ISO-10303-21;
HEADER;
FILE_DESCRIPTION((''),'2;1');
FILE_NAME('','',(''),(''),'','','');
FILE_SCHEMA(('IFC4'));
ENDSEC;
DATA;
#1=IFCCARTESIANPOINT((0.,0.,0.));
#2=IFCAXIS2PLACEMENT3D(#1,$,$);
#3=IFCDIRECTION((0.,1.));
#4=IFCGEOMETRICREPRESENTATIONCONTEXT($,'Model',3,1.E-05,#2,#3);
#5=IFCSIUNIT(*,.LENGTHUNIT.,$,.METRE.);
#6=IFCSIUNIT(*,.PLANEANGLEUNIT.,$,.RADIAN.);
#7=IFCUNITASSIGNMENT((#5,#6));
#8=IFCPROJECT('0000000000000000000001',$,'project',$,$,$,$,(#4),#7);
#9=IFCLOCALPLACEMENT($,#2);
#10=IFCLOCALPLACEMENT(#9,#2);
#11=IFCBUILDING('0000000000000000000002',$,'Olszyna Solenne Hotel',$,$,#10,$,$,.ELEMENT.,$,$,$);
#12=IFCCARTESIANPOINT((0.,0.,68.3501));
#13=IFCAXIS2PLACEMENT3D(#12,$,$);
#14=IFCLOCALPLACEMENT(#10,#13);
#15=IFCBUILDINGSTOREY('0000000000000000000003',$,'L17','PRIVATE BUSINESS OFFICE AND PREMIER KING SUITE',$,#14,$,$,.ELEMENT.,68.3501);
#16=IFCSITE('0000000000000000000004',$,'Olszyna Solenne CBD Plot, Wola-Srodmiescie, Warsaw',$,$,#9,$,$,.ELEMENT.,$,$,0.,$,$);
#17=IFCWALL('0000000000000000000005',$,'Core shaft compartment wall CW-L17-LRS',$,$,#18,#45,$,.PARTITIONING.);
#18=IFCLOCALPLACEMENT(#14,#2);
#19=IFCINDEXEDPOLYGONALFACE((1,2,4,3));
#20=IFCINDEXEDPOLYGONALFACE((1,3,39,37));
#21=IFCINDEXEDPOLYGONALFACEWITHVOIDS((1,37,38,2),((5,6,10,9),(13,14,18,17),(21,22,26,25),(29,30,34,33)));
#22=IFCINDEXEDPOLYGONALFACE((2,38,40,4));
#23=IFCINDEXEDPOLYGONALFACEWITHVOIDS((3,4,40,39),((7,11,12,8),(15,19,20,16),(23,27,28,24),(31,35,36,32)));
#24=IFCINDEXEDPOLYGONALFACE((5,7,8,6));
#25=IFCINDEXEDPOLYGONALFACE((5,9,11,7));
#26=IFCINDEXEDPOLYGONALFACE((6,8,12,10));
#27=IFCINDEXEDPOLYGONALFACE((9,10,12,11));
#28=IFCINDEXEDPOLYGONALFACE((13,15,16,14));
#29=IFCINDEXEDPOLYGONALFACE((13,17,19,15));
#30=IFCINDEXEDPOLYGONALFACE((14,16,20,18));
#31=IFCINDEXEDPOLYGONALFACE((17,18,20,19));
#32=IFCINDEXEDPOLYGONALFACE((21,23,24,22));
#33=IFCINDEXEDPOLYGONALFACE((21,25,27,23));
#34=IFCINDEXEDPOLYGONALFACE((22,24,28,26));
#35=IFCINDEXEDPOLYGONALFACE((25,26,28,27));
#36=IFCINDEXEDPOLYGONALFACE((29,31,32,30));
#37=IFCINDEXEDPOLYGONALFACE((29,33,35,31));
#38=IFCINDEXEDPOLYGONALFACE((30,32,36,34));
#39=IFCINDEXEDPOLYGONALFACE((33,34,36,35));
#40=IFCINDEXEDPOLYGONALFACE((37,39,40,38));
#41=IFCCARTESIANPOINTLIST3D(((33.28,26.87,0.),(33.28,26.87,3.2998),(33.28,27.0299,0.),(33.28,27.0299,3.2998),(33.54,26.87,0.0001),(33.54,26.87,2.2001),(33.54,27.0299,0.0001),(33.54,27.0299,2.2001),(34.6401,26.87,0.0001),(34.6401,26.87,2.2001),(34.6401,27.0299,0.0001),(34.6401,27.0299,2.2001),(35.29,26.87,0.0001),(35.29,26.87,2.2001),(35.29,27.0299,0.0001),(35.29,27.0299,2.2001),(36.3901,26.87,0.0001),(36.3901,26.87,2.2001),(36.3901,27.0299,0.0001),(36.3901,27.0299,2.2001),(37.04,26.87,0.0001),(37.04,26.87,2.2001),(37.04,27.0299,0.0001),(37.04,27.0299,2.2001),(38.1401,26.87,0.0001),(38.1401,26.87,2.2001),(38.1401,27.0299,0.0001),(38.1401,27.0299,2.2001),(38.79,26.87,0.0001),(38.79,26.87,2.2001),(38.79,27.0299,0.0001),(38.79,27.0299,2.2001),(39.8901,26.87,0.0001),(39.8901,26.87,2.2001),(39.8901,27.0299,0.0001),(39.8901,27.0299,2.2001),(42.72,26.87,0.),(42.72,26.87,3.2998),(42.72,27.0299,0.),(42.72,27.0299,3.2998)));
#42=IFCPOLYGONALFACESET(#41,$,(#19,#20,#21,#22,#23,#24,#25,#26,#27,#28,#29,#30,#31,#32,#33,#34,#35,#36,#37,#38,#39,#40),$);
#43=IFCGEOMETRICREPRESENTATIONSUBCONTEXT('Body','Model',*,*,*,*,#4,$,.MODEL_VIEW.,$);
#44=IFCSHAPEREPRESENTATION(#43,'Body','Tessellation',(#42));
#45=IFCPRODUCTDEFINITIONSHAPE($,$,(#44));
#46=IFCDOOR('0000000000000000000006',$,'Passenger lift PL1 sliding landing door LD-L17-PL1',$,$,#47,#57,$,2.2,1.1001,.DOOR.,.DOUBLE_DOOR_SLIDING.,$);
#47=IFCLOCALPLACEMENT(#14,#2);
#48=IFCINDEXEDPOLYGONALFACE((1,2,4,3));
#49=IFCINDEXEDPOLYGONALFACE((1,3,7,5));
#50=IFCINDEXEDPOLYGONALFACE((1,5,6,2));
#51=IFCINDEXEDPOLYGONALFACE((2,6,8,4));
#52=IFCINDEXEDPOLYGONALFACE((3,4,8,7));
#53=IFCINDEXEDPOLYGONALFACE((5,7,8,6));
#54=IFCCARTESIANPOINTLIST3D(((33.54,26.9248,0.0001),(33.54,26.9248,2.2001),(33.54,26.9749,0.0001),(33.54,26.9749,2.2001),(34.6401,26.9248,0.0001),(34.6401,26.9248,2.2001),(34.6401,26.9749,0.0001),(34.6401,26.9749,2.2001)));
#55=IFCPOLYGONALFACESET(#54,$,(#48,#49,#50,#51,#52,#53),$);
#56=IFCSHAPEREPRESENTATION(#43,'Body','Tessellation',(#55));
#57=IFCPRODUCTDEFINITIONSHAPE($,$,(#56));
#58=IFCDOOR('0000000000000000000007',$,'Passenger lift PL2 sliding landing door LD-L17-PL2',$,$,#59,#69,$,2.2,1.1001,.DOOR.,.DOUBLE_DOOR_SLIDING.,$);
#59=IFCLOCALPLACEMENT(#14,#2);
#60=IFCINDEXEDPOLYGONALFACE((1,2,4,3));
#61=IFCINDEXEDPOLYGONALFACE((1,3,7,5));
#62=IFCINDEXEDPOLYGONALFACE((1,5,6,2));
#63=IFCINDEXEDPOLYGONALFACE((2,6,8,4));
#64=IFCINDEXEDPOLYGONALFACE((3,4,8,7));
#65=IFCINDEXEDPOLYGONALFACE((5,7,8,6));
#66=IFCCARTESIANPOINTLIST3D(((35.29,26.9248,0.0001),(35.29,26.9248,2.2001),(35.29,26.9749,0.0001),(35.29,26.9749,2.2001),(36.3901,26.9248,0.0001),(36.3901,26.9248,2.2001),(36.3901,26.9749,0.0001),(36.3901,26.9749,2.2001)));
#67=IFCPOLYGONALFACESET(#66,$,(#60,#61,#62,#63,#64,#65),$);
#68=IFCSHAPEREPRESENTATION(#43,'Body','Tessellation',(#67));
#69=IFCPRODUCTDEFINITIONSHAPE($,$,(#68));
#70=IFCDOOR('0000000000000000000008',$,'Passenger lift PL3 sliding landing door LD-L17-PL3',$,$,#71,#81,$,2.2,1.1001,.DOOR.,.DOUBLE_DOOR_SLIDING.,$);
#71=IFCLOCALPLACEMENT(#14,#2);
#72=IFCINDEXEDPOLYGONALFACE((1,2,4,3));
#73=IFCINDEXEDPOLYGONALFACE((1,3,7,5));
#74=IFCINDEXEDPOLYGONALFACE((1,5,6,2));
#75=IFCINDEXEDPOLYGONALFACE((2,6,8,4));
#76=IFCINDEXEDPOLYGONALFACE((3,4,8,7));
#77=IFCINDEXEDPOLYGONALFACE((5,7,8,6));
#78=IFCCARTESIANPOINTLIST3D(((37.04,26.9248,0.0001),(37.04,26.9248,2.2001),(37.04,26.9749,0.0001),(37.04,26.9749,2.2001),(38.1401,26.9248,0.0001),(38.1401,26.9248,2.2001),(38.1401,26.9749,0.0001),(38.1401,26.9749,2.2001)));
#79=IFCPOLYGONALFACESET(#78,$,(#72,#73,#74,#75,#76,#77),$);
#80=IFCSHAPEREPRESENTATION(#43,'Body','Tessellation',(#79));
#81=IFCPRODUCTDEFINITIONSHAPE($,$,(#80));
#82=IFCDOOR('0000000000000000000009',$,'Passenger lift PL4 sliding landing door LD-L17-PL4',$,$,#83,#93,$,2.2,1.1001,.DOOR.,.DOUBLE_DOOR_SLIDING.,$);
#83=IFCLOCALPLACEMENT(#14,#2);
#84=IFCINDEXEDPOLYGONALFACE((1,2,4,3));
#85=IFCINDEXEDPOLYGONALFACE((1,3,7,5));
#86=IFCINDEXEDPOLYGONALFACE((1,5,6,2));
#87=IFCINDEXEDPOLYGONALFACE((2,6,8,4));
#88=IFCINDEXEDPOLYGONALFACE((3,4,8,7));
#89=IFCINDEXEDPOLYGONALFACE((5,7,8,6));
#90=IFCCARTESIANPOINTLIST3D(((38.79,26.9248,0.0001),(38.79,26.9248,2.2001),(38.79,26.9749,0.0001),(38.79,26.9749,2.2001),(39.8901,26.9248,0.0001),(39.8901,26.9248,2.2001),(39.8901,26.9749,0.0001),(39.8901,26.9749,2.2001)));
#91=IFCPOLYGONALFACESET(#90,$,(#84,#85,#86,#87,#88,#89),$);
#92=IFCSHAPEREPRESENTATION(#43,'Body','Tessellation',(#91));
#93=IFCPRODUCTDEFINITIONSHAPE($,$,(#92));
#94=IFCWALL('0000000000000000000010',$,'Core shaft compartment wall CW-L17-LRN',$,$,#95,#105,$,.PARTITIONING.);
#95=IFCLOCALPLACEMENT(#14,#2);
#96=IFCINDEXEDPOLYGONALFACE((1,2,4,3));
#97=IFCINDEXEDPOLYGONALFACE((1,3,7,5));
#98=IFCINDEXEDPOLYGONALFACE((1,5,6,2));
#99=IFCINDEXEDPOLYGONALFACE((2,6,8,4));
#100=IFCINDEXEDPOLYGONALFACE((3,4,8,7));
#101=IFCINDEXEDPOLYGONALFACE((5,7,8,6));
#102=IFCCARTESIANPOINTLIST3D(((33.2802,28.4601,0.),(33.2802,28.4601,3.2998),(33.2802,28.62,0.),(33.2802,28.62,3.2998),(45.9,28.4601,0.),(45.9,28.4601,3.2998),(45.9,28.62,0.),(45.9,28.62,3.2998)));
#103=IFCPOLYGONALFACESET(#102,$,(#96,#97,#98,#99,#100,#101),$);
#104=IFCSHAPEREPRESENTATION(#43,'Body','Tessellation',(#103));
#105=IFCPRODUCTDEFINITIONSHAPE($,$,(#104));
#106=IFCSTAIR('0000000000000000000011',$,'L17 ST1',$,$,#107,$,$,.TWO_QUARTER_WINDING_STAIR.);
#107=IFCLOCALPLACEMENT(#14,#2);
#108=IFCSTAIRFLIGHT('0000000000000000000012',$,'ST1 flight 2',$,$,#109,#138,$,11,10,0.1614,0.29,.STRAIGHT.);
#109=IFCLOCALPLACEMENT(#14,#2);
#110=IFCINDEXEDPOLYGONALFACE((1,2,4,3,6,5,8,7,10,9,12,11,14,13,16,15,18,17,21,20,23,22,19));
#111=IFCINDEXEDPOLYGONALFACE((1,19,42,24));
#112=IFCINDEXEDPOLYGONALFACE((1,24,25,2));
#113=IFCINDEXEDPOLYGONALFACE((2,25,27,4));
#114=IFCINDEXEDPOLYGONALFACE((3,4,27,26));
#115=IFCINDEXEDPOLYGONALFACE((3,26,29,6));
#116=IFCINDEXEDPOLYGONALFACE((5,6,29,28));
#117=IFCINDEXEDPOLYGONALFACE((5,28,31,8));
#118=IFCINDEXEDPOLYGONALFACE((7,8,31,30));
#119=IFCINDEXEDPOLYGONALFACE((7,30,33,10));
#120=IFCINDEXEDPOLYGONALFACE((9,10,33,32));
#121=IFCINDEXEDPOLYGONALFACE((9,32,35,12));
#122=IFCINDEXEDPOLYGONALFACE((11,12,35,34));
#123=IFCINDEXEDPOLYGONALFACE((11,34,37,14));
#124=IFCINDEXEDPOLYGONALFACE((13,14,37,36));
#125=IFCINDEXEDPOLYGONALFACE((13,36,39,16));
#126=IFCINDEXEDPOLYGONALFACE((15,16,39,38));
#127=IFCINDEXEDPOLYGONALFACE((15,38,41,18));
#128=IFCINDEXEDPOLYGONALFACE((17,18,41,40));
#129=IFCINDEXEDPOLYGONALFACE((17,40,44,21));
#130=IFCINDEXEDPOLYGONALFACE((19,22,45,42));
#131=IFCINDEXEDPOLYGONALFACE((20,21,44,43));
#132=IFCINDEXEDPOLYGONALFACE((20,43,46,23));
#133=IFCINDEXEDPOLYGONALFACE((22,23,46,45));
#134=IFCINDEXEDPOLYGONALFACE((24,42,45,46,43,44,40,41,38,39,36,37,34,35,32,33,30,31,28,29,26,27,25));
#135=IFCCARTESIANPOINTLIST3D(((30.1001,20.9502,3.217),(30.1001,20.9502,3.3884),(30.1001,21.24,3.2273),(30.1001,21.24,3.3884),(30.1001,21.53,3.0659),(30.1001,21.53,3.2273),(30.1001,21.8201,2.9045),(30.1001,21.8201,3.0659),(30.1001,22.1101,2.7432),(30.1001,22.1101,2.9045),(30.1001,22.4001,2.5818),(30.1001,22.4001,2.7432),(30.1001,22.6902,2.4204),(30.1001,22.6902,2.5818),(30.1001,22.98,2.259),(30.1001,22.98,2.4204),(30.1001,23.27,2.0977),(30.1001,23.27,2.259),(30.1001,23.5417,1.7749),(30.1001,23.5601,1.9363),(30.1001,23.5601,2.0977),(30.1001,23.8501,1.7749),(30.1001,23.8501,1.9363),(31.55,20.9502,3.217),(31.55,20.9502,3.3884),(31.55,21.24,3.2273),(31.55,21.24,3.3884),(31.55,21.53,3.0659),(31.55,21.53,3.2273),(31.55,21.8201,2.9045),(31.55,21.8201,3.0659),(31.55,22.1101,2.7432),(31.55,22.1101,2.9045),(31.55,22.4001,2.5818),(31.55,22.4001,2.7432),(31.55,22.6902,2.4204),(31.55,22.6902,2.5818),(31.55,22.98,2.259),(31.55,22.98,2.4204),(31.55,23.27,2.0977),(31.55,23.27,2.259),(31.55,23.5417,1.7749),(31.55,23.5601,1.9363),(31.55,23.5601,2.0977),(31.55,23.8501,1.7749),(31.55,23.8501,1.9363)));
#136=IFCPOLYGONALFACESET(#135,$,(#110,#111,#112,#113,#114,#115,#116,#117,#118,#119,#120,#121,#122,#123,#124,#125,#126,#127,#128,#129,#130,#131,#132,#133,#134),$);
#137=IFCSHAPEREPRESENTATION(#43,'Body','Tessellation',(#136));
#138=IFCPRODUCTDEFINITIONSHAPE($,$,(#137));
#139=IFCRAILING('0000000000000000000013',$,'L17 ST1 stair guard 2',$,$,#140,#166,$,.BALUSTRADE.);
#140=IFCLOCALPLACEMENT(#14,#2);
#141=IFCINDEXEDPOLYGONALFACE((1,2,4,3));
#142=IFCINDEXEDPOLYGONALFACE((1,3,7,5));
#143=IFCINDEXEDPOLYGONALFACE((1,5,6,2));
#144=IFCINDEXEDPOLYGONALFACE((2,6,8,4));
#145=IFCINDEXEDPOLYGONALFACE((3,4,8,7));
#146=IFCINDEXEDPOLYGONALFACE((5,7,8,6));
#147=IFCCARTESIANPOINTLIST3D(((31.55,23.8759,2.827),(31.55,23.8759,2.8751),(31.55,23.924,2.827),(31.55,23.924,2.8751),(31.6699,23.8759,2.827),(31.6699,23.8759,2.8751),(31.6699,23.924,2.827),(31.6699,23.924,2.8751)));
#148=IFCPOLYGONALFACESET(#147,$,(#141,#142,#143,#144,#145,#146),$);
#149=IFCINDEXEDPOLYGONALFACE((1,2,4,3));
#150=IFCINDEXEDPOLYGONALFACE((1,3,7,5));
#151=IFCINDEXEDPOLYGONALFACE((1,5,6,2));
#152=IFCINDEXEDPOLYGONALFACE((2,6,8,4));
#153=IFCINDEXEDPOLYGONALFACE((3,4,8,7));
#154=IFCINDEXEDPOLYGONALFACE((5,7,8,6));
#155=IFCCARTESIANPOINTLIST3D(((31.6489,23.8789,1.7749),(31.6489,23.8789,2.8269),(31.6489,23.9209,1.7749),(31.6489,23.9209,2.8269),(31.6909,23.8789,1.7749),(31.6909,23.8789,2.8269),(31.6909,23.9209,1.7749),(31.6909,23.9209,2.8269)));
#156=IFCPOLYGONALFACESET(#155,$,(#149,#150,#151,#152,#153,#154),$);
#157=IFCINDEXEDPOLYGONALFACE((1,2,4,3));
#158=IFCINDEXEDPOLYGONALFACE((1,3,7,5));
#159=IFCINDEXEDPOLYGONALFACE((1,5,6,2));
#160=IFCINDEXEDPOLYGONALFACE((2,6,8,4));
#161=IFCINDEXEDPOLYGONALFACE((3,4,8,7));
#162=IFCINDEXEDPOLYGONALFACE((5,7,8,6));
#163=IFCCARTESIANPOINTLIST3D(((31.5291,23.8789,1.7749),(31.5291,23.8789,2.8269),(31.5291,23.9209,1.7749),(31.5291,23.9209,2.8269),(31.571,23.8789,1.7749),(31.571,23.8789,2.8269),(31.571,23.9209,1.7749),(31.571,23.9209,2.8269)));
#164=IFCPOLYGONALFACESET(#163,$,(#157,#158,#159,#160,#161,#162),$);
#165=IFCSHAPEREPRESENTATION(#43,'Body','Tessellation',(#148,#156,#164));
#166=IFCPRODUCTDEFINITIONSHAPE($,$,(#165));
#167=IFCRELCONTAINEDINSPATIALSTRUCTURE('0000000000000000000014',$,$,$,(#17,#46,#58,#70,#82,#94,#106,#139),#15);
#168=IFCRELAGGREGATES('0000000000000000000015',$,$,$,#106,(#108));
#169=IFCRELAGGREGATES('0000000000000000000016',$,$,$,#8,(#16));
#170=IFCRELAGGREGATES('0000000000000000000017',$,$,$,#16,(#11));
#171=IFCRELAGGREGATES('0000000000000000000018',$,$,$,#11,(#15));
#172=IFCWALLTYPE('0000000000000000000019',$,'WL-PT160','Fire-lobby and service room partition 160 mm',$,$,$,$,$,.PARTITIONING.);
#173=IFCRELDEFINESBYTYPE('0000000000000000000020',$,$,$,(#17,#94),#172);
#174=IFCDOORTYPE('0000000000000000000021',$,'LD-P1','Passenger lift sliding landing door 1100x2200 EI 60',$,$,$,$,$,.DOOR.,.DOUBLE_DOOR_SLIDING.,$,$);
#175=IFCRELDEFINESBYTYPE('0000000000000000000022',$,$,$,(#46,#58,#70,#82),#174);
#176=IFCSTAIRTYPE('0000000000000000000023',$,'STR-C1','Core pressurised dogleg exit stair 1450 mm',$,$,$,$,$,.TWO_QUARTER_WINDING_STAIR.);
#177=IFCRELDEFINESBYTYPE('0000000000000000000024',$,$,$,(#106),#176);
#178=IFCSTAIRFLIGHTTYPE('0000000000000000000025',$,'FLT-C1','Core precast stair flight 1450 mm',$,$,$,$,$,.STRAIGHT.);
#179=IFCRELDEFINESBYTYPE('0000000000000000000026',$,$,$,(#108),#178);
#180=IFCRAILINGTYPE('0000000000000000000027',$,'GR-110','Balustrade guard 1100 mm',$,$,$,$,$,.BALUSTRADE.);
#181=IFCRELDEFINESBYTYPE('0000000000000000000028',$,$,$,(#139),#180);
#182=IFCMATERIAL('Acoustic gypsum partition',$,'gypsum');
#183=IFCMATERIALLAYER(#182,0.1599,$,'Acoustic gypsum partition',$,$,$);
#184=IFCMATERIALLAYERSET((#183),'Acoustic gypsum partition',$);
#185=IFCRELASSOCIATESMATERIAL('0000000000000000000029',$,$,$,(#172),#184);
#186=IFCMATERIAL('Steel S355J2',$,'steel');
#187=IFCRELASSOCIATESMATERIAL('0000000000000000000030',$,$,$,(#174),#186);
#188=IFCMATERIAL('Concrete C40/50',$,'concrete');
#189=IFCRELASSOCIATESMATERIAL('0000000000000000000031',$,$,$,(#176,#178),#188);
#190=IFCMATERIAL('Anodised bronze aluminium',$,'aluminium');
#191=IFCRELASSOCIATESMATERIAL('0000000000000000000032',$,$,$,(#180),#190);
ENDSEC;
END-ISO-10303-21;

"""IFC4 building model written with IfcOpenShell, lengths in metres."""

from ifc_helpers import new_model, si_unit, direction, frame, frame_2d, origin, origin_2d, place, context, subcontext, project, spatial, polyline, rectangle, outline, extrude, source, transform, mapped, material, layer, layer_set, type_object, type_shapes, element, fill, aggregate, save


model = new_model("IFC4")

# Units and contexts
model_context = context("Model", 3, precision=1e-05, world=origin(), true_north=direction((0.0, 1.0)))
body_context = subcontext(model_context, "Body", "Model", "MODEL_VIEW")
ifc_project = project(units=[si_unit("LENGTHUNIT", "METRE"), si_unit("PLANEANGLEUNIT", "RADIAN")], contexts=[model_context])

# Site, building, storey
site_placement = place(None, origin())
site = spatial("IfcSite", under=ifc_project, at=site_placement, Name="Olszyna Solenne CBD Plot, Wola-Srodmiescie, Warsaw", CompositionType="ELEMENT", RefElevation=0.0)
building_placement = place(site_placement, origin())
building = spatial("IfcBuilding", under=site, at=building_placement, Name="Olszyna Solenne Hotel", CompositionType="ELEMENT")
storey_placement = place(building_placement, frame((0.0, 0.0, 68.3501)))
storey = spatial("IfcBuildingStorey", under=building, at=storey_placement, Name="L17", Description="PRIVATE BUSINESS OFFICE AND PREMIER KING SUITE", CompositionType="ELEMENT", Elevation=68.3501)

# Shared definitions
ifc_material_1 = material(Name="Steel S355J2", Category="steel")

# Shared definitions
ifc_material_2 = material(Name="Acoustic gypsum partition", Category="gypsum")
ifc_layer = layer(ifc_material_2, 0.1599, Name="Acoustic gypsum partition")
ifc_layer_set = layer_set([ifc_layer], Name="Acoustic gypsum partition")
wall_type = type_object("IfcWallType", Name="WL-PT160", Description="Fire-lobby and service room partition 160 mm", PredefinedType="PARTITIONING", material=ifc_layer_set)

# Wall, openings, doors
wall_1_placement = place(storey_placement, frame((33.28, 26.95, 0.0), z_axis=(0.0, 0.0, 1.0), x_axis=(1.0, 0.0, 0.0)))
wall_1 = element("IfcWall", 1, at=wall_1_placement, inside=storey, type_object=wall_type, Name="Core shaft compartment wall CW-L17-LRS", PredefinedType="PARTITIONING", context=body_context, shape_type="SweptSolid", body=[
    extrude(rectangle(XDim=9.4399, YDim=0.1599, at=frame_2d((4.72, 0.0))), origin(), (0.0, 0.0, 1.0), 3.2998),
])
opening_1_placement = place(wall_1_placement, frame((0.26, 0.0, 0.0)))
opening_1 = element("IfcOpeningElement", 2, at=opening_1_placement, cuts=wall_1, PredefinedType="OPENING", context=body_context, shape_type="SweptSolid", body=[
    extrude(rectangle(XDim=1.1001, YDim=2.2, at=frame_2d((0.55, 1.1001))), frame((0.0, 0.0898, 0.0), z_axis=(0.0, -1.0, 0.0), x_axis=(1.0, 0.0, 0.0)), (0.0, 0.0, 1.0), 0.1799),
])
opening_2_placement = place(wall_1_placement, frame((2.01, 0.0, 0.0)))
opening_2 = element("IfcOpeningElement", 3, at=opening_2_placement, cuts=wall_1, PredefinedType="OPENING", context=body_context, shape_type="SweptSolid", body=[
    extrude(rectangle(XDim=1.1001, YDim=2.2, at=frame_2d((0.55, 1.1001))), frame((0.0, 0.0898, 0.0), z_axis=(0.0, -1.0, 0.0), x_axis=(1.0, 0.0, 0.0)), (0.0, 0.0, 1.0), 0.1799),
])
opening_3_placement = place(wall_1_placement, frame((3.76, 0.0, 0.0)))
opening_3 = element("IfcOpeningElement", 4, at=opening_3_placement, cuts=wall_1, PredefinedType="OPENING", context=body_context, shape_type="SweptSolid", body=[
    extrude(rectangle(XDim=1.1001, YDim=2.2, at=frame_2d((0.55, 1.1001))), frame((0.0, 0.0898, 0.0), z_axis=(0.0, -1.0, 0.0), x_axis=(1.0, 0.0, 0.0)), (0.0, 0.0, 1.0), 0.1799),
])
opening_4_placement = place(wall_1_placement, frame((5.51, 0.0, 0.0)))
opening_4 = element("IfcOpeningElement", 5, at=opening_4_placement, cuts=wall_1, PredefinedType="OPENING", context=body_context, shape_type="SweptSolid", body=[
    extrude(rectangle(XDim=1.1001, YDim=2.2, at=frame_2d((0.55, 1.1001))), frame((0.0, 0.0898, 0.0), z_axis=(0.0, -1.0, 0.0), x_axis=(1.0, 0.0, 0.0)), (0.0, 0.0, 1.0), 0.1799),
])
door_type_1 = type_object("IfcDoorType", Name="LD-P1", Description="Passenger lift sliding landing door 1100x2200 EI 60", OperationType="DOUBLE_DOOR_SLIDING", PredefinedType="DOOR", material=ifc_material_1)
shared_shape_1 = source(origin(), body_context, "Body", "SweptSolid", [
    extrude(rectangle(XDim=1.1001, YDim=2.2, at=frame_2d((0.55, 1.1001))), frame((0.0, 0.0249, 0.0), z_axis=(0.0, -1.0, 0.0), x_axis=(1.0, 0.0, 0.0)), (0.0, 0.0, 1.0), 0.05),
])
type_shapes(door_type_1, [shared_shape_1])
door_1_placement = place(opening_1_placement, origin())
door_1 = element("IfcDoor", 6, at=door_1_placement, inside=storey, type_object=door_type_1, Name="Passenger lift PL1 sliding landing door LD-L17-PL1", OperationType="DOUBLE_DOOR_SLIDING", OverallHeight=2.2, OverallWidth=1.1001, PredefinedType="DOOR", context=body_context, shape_type="MappedRepresentation", body=[
    mapped(shared_shape_1, transform((0.0, 0.0, 0.0), x_axis=(1.0, 0.0, 0.0), y_axis=(0.0, 1.0, 0.0), z_axis=(0.0, 0.0, 1.0), scale=1.0)),
])
fill(opening_1, door_1)
door_2_placement = place(opening_2_placement, origin())
door_2 = element("IfcDoor", 7, at=door_2_placement, inside=storey, type_object=door_type_1, Name="Passenger lift PL2 sliding landing door LD-L17-PL2", OperationType="DOUBLE_DOOR_SLIDING", OverallHeight=2.2, OverallWidth=1.1001, PredefinedType="DOOR", context=body_context, shape_type="MappedRepresentation", body=[
    mapped(shared_shape_1, transform((0.0, 0.0, 0.0), x_axis=(1.0, 0.0, 0.0), y_axis=(0.0, 1.0, 0.0), z_axis=(0.0, 0.0, 1.0), scale=1.0)),
])
fill(opening_2, door_2)
door_3_placement = place(opening_3_placement, origin())
door_3 = element("IfcDoor", 8, at=door_3_placement, inside=storey, type_object=door_type_1, Name="Passenger lift PL3 sliding landing door LD-L17-PL3", OperationType="DOUBLE_DOOR_SLIDING", OverallHeight=2.2, OverallWidth=1.1001, PredefinedType="DOOR", context=body_context, shape_type="MappedRepresentation", body=[
    mapped(shared_shape_1, transform((0.0, 0.0, 0.0), x_axis=(1.0, 0.0, 0.0), y_axis=(0.0, 1.0, 0.0), z_axis=(0.0, 0.0, 1.0), scale=1.0)),
])
fill(opening_3, door_3)
door_4_placement = place(opening_4_placement, origin())
door_4 = element("IfcDoor", 9, at=door_4_placement, inside=storey, type_object=door_type_1, Name="Passenger lift PL4 sliding landing door LD-L17-PL4", OperationType="DOUBLE_DOOR_SLIDING", OverallHeight=2.2, OverallWidth=1.1001, PredefinedType="DOOR", context=body_context, shape_type="MappedRepresentation", body=[
    mapped(shared_shape_1, transform((0.0, 0.0, 0.0), x_axis=(1.0, 0.0, 0.0), y_axis=(0.0, 1.0, 0.0), z_axis=(0.0, 0.0, 1.0), scale=1.0)),
])
fill(opening_4, door_4)

# Wall
wall_2_placement = place(storey_placement, frame((33.28, 28.54, 0.0), z_axis=(0.0, 0.0, 1.0), x_axis=(1.0, 0.0, 0.0)))
element("IfcWall", 10, at=wall_2_placement, inside=storey, type_object=wall_type, Name="Core shaft compartment wall CW-L17-LRN", PredefinedType="PARTITIONING", context=body_context, shape_type="SweptSolid", body=[
    extrude(rectangle(XDim=12.6199, YDim=0.1599, at=frame_2d((6.3101, 0.0))), origin(), (0.0, 0.0, 1.0), 3.2998),
])

# Stair, stair flight
ifc_material_3 = material(Name="Concrete C40/50", Category="concrete")
stair_type = type_object("IfcStairType", Name="STR-C1", Description="Core pressurised dogleg exit stair 1450 mm", PredefinedType="TWO_QUARTER_WINDING_STAIR", material=ifc_material_3)
stair_placement = place(storey_placement, origin())
stair = element("IfcStair", 11, at=stair_placement, inside=storey, type_object=stair_type, Name="L17 ST1", PredefinedType="TWO_QUARTER_WINDING_STAIR")
stair_flight_type = type_object("IfcStairFlightType", Name="FLT-C1", Description="Core precast stair flight 1450 mm", PredefinedType="STRAIGHT", material=ifc_material_3)
stair_flight_placement = place(storey_placement, frame((30.825, 23.8501, 1.7749), z_axis=(0.0, 0.0, 1.0), x_axis=(0.0, -1.0, 0.0)))
stair_flight = element("IfcStairFlight", 12, at=stair_flight_placement, type_object=stair_flight_type, Name="ST1 flight 2", NumberOfRisers=11, NumberOfTreads=10, PredefinedType="STRAIGHT", RiserHeight=0.1614, TreadLength=0.29, context=body_context, shape_type="SweptSolid", body=[
    extrude(outline(polyline([(0.0, 0.0), (0.0, 0.1614), (0.29, 0.1614), (0.29, 0.3228), (0.5801, 0.3228), (0.5801, 0.4841), (0.8701, 0.4841), (0.8701, 0.6455), (1.1599, 0.6455), (1.1599, 0.8069), (1.45, 0.8069), (1.45, 0.9683), (1.74, 0.9683), (1.74, 1.1296), (2.03, 1.1296), (2.03, 1.291), (2.3201, 1.291), (2.3201, 1.4524), (2.6101, 1.4524), (2.6101, 1.6135), (2.8999, 1.6135), (2.8999, 1.7749), (2.8999, 1.4421), (0.3083, 0.0), (0.0, 0.0)])), frame((0.0, 0.7251, 0.0), z_axis=(0.0, -1.0, 0.0), x_axis=(1.0, 0.0, 0.0)), (0.0, 0.0, 1.0), 1.45),
])
aggregate(stair, [stair_flight])

# Railing
ifc_material_4 = material(Name="Anodised bronze aluminium", Category="aluminium")
railing_type_1 = type_object("IfcRailingType", Name="GR-110", Description="Balustrade guard 1100 mm", PredefinedType="BALUSTRADE", material=ifc_material_4)
railing_1_placement = place(storey_placement, frame((31.6699, 23.8999, 1.7749)))
element("IfcRailing", 13, at=railing_1_placement, inside=storey, type_object=railing_type_1, Name="L17 ST1 stair guard 2", PredefinedType="BALUSTRADE", context=body_context, shape_type="SweptSolid", body=[
    extrude(rectangle(XDim=0.0481, YDim=0.0481, at=origin_2d()), frame((0.0, 0.0, 1.0762), z_axis=(-1.0, 0.0, 0.0), x_axis=(0.0, -1.0, 0.0)), (0.0, 0.0, 1.0), 0.1199),
    extrude(rectangle(XDim=0.042, YDim=0.042, at=origin_2d()), origin(), (0.0, 0.0, 1.0), 1.052),
    extrude(rectangle(XDim=0.042, YDim=0.042, at=origin_2d()), frame((-0.1199, 0.0, 0.0)), (0.0, 0.0, 1.0), 1.052),
])

save(model, "model.ifc")
